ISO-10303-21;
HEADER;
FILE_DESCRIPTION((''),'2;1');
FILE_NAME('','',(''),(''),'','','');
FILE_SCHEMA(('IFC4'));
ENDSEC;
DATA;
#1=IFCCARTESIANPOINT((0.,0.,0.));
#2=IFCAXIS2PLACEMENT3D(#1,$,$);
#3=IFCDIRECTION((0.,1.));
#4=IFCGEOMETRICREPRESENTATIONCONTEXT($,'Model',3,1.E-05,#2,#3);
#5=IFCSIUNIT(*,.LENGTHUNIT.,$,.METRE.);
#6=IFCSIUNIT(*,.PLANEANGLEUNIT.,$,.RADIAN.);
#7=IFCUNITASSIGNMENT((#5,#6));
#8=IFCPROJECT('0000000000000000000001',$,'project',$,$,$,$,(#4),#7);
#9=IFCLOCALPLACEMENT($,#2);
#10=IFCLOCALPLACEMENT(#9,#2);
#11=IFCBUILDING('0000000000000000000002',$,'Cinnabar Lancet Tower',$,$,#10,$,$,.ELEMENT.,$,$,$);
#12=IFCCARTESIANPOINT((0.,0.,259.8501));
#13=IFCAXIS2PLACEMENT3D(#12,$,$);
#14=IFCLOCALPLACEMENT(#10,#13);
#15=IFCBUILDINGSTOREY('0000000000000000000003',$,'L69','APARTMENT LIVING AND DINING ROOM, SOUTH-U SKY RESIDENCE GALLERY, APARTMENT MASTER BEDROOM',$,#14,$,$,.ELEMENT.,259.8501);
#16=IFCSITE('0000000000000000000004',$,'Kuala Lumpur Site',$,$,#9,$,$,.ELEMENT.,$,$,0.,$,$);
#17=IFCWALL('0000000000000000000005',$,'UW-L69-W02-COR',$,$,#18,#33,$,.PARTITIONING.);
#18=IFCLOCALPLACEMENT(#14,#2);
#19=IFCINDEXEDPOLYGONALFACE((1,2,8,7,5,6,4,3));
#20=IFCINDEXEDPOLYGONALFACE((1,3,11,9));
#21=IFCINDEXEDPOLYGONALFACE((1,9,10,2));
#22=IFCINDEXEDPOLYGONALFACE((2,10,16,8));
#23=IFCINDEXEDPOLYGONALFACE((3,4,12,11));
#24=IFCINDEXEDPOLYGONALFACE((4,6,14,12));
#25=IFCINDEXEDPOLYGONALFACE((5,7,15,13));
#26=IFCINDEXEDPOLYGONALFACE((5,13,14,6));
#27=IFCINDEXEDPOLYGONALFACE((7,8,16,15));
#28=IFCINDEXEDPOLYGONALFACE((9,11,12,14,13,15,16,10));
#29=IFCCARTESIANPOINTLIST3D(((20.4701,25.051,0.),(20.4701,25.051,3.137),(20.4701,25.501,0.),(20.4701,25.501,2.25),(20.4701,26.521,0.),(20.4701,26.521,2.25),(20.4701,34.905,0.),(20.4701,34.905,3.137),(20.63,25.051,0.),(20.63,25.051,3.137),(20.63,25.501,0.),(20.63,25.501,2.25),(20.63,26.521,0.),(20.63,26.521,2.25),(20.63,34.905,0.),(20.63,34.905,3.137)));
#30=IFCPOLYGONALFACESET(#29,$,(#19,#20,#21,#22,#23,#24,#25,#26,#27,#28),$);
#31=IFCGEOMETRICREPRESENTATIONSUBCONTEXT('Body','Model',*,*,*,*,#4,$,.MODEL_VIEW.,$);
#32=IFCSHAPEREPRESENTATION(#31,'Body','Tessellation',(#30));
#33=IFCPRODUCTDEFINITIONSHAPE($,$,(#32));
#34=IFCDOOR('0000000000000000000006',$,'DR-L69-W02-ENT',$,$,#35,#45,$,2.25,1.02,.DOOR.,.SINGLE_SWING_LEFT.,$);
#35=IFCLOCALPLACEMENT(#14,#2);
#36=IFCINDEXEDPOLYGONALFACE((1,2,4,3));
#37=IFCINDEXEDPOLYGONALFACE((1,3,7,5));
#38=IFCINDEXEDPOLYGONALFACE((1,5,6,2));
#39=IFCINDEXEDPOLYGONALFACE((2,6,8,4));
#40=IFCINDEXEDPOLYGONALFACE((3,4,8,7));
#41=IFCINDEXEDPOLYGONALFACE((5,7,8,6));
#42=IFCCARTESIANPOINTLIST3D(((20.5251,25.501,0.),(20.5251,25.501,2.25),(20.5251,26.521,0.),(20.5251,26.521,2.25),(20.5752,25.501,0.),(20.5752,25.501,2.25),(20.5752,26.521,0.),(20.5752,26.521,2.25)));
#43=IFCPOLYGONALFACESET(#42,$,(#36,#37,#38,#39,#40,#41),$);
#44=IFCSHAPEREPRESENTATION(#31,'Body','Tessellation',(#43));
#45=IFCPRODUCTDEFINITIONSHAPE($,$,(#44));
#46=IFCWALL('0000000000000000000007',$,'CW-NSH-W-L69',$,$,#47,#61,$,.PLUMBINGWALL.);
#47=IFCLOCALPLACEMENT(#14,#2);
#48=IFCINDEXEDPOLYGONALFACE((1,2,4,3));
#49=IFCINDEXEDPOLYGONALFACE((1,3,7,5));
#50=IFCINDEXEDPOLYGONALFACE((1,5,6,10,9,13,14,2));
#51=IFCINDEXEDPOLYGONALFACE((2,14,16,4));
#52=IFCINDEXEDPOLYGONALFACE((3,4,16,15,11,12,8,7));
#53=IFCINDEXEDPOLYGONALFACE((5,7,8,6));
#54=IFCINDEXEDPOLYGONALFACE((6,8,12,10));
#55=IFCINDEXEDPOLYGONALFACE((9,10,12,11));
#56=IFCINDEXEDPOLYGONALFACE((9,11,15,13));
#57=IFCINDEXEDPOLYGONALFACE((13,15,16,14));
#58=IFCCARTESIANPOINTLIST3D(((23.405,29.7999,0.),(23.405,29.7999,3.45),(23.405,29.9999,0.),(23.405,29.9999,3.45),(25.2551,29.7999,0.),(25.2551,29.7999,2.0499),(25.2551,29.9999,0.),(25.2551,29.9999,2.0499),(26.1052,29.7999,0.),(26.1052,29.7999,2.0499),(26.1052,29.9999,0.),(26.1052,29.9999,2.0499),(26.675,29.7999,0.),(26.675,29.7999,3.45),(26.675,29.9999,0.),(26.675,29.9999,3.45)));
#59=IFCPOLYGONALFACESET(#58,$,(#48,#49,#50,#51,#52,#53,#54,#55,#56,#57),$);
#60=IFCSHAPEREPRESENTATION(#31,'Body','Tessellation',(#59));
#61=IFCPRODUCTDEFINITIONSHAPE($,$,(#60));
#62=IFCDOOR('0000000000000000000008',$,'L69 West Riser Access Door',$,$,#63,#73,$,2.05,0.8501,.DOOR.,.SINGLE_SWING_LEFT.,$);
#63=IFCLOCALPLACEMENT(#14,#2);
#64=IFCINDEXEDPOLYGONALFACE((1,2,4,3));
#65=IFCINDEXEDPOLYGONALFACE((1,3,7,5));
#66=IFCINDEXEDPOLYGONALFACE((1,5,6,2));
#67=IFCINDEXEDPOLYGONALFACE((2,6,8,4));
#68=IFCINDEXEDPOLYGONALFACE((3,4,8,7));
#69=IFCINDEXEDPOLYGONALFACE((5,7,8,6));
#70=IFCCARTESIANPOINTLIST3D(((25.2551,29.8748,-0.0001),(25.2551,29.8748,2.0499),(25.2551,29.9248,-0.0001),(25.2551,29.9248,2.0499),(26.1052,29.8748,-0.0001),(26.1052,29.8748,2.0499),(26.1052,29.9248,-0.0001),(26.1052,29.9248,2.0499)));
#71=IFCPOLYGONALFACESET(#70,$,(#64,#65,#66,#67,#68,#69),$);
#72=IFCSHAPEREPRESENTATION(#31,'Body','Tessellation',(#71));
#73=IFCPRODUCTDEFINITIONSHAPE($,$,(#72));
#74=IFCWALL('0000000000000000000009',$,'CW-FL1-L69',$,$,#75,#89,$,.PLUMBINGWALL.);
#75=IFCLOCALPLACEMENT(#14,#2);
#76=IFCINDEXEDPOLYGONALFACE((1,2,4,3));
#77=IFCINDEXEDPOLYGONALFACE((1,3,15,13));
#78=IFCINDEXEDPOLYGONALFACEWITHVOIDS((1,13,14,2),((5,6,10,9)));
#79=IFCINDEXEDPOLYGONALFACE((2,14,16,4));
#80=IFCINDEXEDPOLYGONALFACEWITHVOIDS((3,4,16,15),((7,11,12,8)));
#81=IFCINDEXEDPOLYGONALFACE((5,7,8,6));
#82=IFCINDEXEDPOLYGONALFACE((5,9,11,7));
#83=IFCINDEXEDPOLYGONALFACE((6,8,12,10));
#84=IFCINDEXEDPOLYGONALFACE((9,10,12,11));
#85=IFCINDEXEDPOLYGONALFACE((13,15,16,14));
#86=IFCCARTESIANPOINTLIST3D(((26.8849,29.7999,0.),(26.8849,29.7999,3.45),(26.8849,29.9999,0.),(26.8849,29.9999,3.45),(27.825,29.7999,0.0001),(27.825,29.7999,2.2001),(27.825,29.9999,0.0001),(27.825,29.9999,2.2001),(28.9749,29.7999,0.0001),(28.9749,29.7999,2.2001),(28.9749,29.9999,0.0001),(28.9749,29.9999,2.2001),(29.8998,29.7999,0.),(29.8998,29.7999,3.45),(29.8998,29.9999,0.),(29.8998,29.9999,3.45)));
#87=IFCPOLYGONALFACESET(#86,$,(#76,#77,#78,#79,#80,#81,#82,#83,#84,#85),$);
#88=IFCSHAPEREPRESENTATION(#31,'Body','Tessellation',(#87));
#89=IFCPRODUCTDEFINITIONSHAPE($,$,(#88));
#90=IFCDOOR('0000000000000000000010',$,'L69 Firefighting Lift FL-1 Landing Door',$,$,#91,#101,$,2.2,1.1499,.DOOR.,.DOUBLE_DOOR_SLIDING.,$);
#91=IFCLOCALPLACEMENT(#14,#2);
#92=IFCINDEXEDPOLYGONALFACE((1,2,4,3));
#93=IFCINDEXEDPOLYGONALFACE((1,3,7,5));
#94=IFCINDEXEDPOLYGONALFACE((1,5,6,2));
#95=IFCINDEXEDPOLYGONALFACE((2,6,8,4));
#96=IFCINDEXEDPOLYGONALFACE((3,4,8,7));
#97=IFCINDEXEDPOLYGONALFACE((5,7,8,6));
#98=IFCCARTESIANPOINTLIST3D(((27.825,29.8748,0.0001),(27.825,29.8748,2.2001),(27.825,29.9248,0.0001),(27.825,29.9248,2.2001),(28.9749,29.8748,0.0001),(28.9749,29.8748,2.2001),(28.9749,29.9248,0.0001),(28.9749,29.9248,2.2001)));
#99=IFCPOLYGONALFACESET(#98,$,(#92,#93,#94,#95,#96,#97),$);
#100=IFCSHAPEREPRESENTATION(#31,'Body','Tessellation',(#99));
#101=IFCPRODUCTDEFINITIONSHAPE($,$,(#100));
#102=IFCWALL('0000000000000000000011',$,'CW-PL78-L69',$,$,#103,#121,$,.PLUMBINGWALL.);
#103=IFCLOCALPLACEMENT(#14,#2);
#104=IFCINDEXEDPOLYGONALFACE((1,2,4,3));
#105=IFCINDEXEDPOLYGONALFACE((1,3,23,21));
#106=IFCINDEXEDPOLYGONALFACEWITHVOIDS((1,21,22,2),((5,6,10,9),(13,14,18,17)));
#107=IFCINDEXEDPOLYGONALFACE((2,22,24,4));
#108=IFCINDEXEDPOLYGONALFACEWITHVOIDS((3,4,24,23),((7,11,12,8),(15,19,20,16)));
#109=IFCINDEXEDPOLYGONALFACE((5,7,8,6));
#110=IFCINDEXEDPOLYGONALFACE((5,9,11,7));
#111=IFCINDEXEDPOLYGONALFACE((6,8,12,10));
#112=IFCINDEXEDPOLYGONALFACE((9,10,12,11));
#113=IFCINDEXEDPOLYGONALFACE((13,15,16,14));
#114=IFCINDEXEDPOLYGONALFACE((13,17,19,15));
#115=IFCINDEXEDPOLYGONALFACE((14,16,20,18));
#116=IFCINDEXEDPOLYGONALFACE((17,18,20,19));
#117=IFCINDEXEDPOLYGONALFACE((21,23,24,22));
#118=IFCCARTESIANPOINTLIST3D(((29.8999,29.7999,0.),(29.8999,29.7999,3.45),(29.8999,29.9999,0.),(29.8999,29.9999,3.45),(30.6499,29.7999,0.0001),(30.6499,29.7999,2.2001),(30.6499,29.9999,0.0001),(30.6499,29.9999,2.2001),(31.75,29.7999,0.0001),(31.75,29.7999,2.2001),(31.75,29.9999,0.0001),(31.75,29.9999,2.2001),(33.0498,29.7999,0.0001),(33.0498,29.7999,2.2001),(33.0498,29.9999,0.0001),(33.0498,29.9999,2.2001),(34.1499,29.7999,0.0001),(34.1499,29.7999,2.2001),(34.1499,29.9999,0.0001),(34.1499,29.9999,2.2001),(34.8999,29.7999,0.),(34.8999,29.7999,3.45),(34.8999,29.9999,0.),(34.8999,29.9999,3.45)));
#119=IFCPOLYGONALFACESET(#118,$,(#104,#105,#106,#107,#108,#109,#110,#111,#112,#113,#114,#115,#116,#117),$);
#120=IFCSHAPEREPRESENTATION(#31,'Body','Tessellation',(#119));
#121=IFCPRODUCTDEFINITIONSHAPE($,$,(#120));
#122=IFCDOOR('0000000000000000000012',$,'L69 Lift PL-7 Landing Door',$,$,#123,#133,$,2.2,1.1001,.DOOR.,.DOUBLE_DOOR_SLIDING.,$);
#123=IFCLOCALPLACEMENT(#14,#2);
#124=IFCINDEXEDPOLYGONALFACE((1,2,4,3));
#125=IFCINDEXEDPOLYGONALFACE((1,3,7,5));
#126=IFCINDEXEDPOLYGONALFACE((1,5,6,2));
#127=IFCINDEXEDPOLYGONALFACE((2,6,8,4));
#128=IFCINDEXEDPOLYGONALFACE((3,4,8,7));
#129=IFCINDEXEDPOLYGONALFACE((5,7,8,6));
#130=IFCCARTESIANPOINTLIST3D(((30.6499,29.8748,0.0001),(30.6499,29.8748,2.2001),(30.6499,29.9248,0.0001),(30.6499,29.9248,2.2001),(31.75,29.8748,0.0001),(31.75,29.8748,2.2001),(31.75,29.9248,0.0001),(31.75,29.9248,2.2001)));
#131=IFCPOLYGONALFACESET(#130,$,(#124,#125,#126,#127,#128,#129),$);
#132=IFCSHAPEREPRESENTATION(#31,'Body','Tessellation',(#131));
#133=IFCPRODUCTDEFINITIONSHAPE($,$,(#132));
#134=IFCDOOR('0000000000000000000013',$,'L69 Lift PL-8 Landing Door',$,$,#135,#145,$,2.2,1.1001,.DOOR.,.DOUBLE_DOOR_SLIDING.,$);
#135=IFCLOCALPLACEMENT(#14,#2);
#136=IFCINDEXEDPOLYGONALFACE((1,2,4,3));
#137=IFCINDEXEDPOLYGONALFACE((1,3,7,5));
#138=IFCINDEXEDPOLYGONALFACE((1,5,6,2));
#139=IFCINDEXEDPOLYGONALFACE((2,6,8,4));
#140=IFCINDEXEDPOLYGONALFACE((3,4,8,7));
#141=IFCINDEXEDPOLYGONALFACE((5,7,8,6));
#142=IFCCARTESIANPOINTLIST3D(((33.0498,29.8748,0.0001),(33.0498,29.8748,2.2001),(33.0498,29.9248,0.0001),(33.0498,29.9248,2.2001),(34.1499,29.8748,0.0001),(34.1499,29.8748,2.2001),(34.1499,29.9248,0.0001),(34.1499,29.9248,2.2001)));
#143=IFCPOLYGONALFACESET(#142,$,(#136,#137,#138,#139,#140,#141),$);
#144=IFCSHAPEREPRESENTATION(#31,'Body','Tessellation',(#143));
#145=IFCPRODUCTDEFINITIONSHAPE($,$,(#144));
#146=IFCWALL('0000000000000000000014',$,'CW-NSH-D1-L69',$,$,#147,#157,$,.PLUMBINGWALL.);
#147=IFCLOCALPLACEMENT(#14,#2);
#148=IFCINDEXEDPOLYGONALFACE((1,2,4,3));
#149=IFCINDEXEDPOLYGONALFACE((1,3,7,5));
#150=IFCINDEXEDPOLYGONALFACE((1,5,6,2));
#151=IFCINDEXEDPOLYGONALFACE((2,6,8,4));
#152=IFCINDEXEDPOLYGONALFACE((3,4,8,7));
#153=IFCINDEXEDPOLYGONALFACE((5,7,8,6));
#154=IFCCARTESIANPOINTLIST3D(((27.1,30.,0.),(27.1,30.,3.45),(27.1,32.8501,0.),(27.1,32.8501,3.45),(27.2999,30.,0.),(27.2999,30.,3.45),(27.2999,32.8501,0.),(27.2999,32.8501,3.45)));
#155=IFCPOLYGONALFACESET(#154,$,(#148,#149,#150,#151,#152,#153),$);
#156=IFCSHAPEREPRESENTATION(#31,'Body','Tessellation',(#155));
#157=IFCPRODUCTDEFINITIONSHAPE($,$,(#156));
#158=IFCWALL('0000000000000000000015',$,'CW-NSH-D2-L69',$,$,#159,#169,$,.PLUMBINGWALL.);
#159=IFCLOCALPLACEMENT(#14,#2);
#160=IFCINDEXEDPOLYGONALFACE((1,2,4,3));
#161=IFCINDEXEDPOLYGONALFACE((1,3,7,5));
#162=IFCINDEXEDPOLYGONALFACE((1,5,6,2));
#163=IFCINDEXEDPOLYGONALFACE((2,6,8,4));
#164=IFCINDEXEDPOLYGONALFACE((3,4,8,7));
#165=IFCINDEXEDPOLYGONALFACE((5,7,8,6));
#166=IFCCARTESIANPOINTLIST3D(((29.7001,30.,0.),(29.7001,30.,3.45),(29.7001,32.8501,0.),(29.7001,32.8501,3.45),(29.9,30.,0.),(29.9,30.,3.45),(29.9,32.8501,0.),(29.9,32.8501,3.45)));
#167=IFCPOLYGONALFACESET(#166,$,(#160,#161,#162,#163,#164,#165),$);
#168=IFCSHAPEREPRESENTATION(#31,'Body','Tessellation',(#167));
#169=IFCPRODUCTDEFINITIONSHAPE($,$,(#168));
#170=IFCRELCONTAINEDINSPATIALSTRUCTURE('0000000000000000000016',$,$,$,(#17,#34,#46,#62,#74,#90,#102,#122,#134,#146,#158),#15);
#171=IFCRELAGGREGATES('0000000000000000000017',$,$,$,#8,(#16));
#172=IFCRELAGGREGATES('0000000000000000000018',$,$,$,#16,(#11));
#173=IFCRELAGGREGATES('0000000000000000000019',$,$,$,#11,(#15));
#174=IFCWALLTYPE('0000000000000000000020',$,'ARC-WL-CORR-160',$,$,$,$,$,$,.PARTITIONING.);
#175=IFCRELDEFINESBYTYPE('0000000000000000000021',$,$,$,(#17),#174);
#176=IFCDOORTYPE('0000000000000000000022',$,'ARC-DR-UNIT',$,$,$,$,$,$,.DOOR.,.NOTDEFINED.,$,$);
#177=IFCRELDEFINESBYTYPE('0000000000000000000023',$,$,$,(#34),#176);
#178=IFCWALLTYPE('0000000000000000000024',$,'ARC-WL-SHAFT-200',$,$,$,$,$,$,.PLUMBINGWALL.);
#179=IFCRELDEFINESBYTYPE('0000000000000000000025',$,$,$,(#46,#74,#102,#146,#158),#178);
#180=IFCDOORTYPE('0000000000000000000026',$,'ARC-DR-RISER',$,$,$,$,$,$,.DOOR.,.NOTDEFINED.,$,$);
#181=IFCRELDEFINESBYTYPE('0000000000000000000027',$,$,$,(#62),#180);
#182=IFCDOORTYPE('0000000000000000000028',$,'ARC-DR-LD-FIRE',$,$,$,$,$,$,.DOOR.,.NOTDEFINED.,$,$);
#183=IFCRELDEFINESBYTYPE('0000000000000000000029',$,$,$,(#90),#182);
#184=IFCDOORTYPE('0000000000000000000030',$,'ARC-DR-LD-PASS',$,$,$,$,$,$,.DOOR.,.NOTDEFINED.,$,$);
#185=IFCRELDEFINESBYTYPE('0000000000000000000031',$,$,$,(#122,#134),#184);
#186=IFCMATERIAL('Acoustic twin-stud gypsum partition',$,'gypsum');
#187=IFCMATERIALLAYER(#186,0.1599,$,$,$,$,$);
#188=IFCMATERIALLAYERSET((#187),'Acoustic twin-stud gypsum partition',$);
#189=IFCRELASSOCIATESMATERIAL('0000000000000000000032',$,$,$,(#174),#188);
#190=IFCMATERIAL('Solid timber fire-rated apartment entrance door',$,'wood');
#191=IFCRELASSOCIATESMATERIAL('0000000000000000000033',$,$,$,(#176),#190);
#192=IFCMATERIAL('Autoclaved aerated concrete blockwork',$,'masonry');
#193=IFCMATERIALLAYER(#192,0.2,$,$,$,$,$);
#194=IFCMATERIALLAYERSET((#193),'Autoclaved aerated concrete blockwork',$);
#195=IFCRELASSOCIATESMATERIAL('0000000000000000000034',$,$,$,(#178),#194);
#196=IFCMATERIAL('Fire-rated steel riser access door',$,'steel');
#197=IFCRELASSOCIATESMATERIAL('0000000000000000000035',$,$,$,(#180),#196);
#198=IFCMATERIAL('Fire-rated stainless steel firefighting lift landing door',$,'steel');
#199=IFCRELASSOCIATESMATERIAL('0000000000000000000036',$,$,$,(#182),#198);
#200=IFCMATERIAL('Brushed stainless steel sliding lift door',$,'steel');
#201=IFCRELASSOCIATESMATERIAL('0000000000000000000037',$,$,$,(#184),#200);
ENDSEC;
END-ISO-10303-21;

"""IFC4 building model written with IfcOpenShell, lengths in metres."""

from ifc_helpers import new_model, si_unit, direction, frame, frame_2d, origin, place, context, subcontext, project, spatial, rectangle, extrude, material, layer, layer_set, type_object, element, fill, save


model = new_model("IFC4")

# Units and contexts
model_context = context("Model", 3, precision=1e-05, world=origin(), true_north=direction((0.0, 1.0)))
body_context = subcontext(model_context, "Body", "Model", "MODEL_VIEW")
ifc_project = project(units=[si_unit("LENGTHUNIT", "METRE"), si_unit("PLANEANGLEUNIT", "RADIAN")], contexts=[model_context])

# Site, building, storey
site_placement = place(None, origin())
site = spatial("IfcSite", under=ifc_project, at=site_placement, Name="Kuala Lumpur Site", CompositionType="ELEMENT", RefElevation=0.0)
building_placement = place(site_placement, origin())
building = spatial("IfcBuilding", under=site, at=building_placement, Name="Cinnabar Lancet Tower", CompositionType="ELEMENT")
storey_placement = place(building_placement, frame((0.0, 0.0, 259.8501)))
storey = spatial("IfcBuildingStorey", under=building, at=storey_placement, Name="L69", Description="APARTMENT LIVING AND DINING ROOM, SOUTH-U SKY RESIDENCE GALLERY, APARTMENT MASTER BEDROOM", CompositionType="ELEMENT", Elevation=259.8501)

# Walls, openings, doors
ifc_material_1 = material(Name="Acoustic twin-stud gypsum partition", Category="gypsum")
ifc_layer_1 = layer(ifc_material_1, 0.1599)
ifc_layer_set_1 = layer_set([ifc_layer_1], Name="Acoustic twin-stud gypsum partition")
wall_type_1 = type_object("IfcWallType", Name="ARC-WL-CORR-160", PredefinedType="PARTITIONING", material=ifc_layer_set_1)
wall_1_placement = place(storey_placement, frame((20.55, 25.051, 0.0), z_axis=(0.0, 0.0, 1.0), x_axis=(0.0, 1.0, 0.0)))
wall_1 = element("IfcWall", 1, at=wall_1_placement, inside=storey, type_object=wall_type_1, Name="UW-L69-W02-COR", PredefinedType="PARTITIONING", context=body_context, shape_type="SweptSolid", body=[
    extrude(rectangle(XDim=9.854, YDim=0.1599, at=frame_2d((4.927, 0.0))), origin(), (0.0, 0.0, 1.0), 3.137),
])
opening_1_placement = place(wall_1_placement, frame((0.45, 0.0, 0.0)))
opening_1 = element("IfcOpeningElement", 2, at=opening_1_placement, cuts=wall_1, PredefinedType="OPENING", context=body_context, shape_type="SweptSolid", body=[
    extrude(rectangle(XDim=1.02, YDim=2.25, at=frame_2d((0.51, 1.125))), frame((0.0, 0.0898, 0.0), z_axis=(0.0, -1.0, 0.0), x_axis=(1.0, 0.0, 0.0)), (0.0, 0.0, 1.0), 0.1799),
])
ifc_material_2 = material(Name="Solid timber fire-rated apartment entrance door", Category="wood")
door_type_1 = type_object("IfcDoorType", Name="ARC-DR-UNIT", OperationType="NOTDEFINED", PredefinedType="DOOR", material=ifc_material_2)
door_1_placement = place(opening_1_placement, origin())
door_1 = element("IfcDoor", 3, at=door_1_placement, inside=storey, type_object=door_type_1, Name="DR-L69-W02-ENT", OperationType="SINGLE_SWING_LEFT", OverallHeight=2.25, OverallWidth=1.02, PredefinedType="DOOR", context=body_context, shape_type="SweptSolid", body=[
    extrude(rectangle(XDim=1.02, YDim=2.25, at=frame_2d((0.51, 1.125))), frame((0.0, 0.0249, 0.0), z_axis=(0.0, -1.0, 0.0), x_axis=(1.0, 0.0, 0.0)), (0.0, 0.0, 1.0), 0.05),
])
fill(opening_1, door_1)
ifc_material_3 = material(Name="Autoclaved aerated concrete blockwork", Category="masonry")
ifc_layer_2 = layer(ifc_material_3, 0.2)
ifc_layer_set_2 = layer_set([ifc_layer_2], Name="Autoclaved aerated concrete blockwork")
wall_type_2 = type_object("IfcWallType", Name="ARC-WL-SHAFT-200", PredefinedType="PLUMBINGWALL", material=ifc_layer_set_2)
wall_2_placement = place(storey_placement, frame((23.405, 29.8999, 0.0), z_axis=(0.0, 0.0, 1.0), x_axis=(1.0, 0.0, 0.0)))
wall_2 = element("IfcWall", 4, at=wall_2_placement, inside=storey, type_object=wall_type_2, Name="CW-NSH-W-L69", PredefinedType="PLUMBINGWALL", context=body_context, shape_type="SweptSolid", body=[
    extrude(rectangle(XDim=3.27, YDim=0.2, at=frame_2d((1.635, 0.0))), origin(), (0.0, 0.0, 1.0), 3.45),
])
opening_2_placement = place(wall_2_placement, frame((1.8501, 0.0, 0.0)))
opening_2 = element("IfcOpeningElement", 5, at=opening_2_placement, cuts=wall_2, PredefinedType="OPENING", context=body_context, shape_type="SweptSolid", body=[
    extrude(rectangle(XDim=0.8501, YDim=2.05, at=frame_2d((0.425, 1.0249))), frame((0.0, 0.1099, 0.0), z_axis=(0.0, -1.0, 0.0), x_axis=(1.0, 0.0, 0.0)), (0.0, 0.0, 1.0), 0.22),
])
ifc_material_4 = material(Name="Fire-rated steel riser access door", Category="steel")
door_type_2 = type_object("IfcDoorType", Name="ARC-DR-RISER", OperationType="NOTDEFINED", PredefinedType="DOOR", material=ifc_material_4)
door_2_placement = place(opening_2_placement, origin())
door_2 = element("IfcDoor", 6, at=door_2_placement, inside=storey, type_object=door_type_2, Name="L69 West Riser Access Door", OperationType="SINGLE_SWING_LEFT", OverallHeight=2.05, OverallWidth=0.8501, PredefinedType="DOOR", context=body_context, shape_type="SweptSolid", body=[
    extrude(rectangle(XDim=0.8501, YDim=2.05, at=frame_2d((0.425, 1.0249))), frame((0.0, 0.0249, 0.0), z_axis=(0.0, -1.0, 0.0), x_axis=(1.0, 0.0, 0.0)), (0.0, 0.0, 1.0), 0.05),
])
fill(opening_2, door_2)
wall_3_placement = place(storey_placement, frame((26.885, 29.8999, 0.0), z_axis=(0.0, 0.0, 1.0), x_axis=(1.0, 0.0, 0.0)))
wall_3 = element("IfcWall", 7, at=wall_3_placement, inside=storey, type_object=wall_type_2, Name="CW-FL1-L69", PredefinedType="PLUMBINGWALL", context=body_context, shape_type="SweptSolid", body=[
    extrude(rectangle(XDim=3.0149, YDim=0.2, at=frame_2d((1.5073, 0.0))), origin(), (0.0, 0.0, 1.0), 3.45),
])
opening_3_placement = place(wall_3_placement, frame((0.9399, 0.0, 0.0)))
opening_3 = element("IfcOpeningElement", 8, at=opening_3_placement, cuts=wall_3, PredefinedType="OPENING", context=body_context, shape_type="SweptSolid", body=[
    extrude(rectangle(XDim=1.1499, YDim=2.2, at=frame_2d((0.575, 1.1001))), frame((0.0, 0.1099, 0.0), z_axis=(0.0, -1.0, 0.0), x_axis=(1.0, 0.0, 0.0)), (0.0, 0.0, 1.0), 0.22),
])
ifc_material_5 = material(Name="Fire-rated stainless steel firefighting lift landing door", Category="steel")
door_type_3 = type_object("IfcDoorType", Name="ARC-DR-LD-FIRE", OperationType="NOTDEFINED", PredefinedType="DOOR", material=ifc_material_5)
door_3_placement = place(opening_3_placement, origin())
door_3 = element("IfcDoor", 9, at=door_3_placement, inside=storey, type_object=door_type_3, Name="L69 Firefighting Lift FL-1 Landing Door", OperationType="DOUBLE_DOOR_SLIDING", OverallHeight=2.2, OverallWidth=1.1499, PredefinedType="DOOR", context=body_context, shape_type="SweptSolid", body=[
    extrude(rectangle(XDim=1.1499, YDim=2.2, at=frame_2d((0.575, 1.1001))), frame((0.0, 0.0249, 0.0), z_axis=(0.0, -1.0, 0.0), x_axis=(1.0, 0.0, 0.0)), (0.0, 0.0, 1.0), 0.05),
])
fill(opening_3, door_3)

# Wall, openings, doors
wall_4_placement = place(storey_placement, frame((29.8999, 29.8999, 0.0), z_axis=(0.0, 0.0, 1.0), x_axis=(1.0, 0.0, 0.0)))
wall_4 = element("IfcWall", 10, at=wall_4_placement, inside=storey, type_object=wall_type_2, Name="CW-PL78-L69", PredefinedType="PLUMBINGWALL", context=body_context, shape_type="SweptSolid", body=[
    extrude(rectangle(XDim=5.0, YDim=0.2, at=frame_2d((2.5, 0.0))), origin(), (0.0, 0.0, 1.0), 3.45),
])
opening_4_placement = place(wall_4_placement, frame((0.75, 0.0, 0.0)))
opening_4 = element("IfcOpeningElement", 11, at=opening_4_placement, cuts=wall_4, PredefinedType="OPENING", context=body_context, shape_type="SweptSolid", body=[
    extrude(rectangle(XDim=1.1001, YDim=2.2, at=frame_2d((0.55, 1.1001))), frame((0.0, 0.1099, 0.0), z_axis=(0.0, -1.0, 0.0), x_axis=(1.0, 0.0, 0.0)), (0.0, 0.0, 1.0), 0.22),
])
opening_5_placement = place(wall_4_placement, frame((3.1499, 0.0, 0.0)))
opening_5 = element("IfcOpeningElement", 12, at=opening_5_placement, cuts=wall_4, PredefinedType="OPENING", context=body_context, shape_type="SweptSolid", body=[
    extrude(rectangle(XDim=1.1001, YDim=2.2, at=frame_2d((0.55, 1.1001))), frame((0.0, 0.1099, 0.0), z_axis=(0.0, -1.0, 0.0), x_axis=(1.0, 0.0, 0.0)), (0.0, 0.0, 1.0), 0.22),
])
ifc_material_6 = material(Name="Brushed stainless steel sliding lift door", Category="steel")
door_type_4 = type_object("IfcDoorType", Name="ARC-DR-LD-PASS", OperationType="NOTDEFINED", PredefinedType="DOOR", material=ifc_material_6)
door_4_placement = place(opening_4_placement, origin())
door_4 = element("IfcDoor", 13, at=door_4_placement, inside=storey, type_object=door_type_4, Name="L69 Lift PL-7 Landing Door", OperationType="DOUBLE_DOOR_SLIDING", OverallHeight=2.2, OverallWidth=1.1001, PredefinedType="DOOR", context=body_context, shape_type="SweptSolid", body=[
    extrude(rectangle(XDim=1.1001, YDim=2.2, at=frame_2d((0.55, 1.1001))), frame((0.0, 0.0249, 0.0), z_axis=(0.0, -1.0, 0.0), x_axis=(1.0, 0.0, 0.0)), (0.0, 0.0, 1.0), 0.05),
])
fill(opening_4, door_4)
door_5_placement = place(opening_5_placement, origin())
door_5 = element("IfcDoor", 14, at=door_5_placement, inside=storey, type_object=door_type_4, Name="L69 Lift PL-8 Landing Door", OperationType="DOUBLE_DOOR_SLIDING", OverallHeight=2.2, OverallWidth=1.1001, PredefinedType="DOOR", context=body_context, shape_type="SweptSolid", body=[
    extrude(rectangle(XDim=1.1001, YDim=2.2, at=frame_2d((0.55, 1.1001))), frame((0.0, 0.0249, 0.0), z_axis=(0.0, -1.0, 0.0), x_axis=(1.0, 0.0, 0.0)), (0.0, 0.0, 1.0), 0.05),
])
fill(opening_5, door_5)

# Walls
for number, where, z_axis, x_axis, name in (
    (15, (27.2, 30.0, 0.0), (0.0, 0.0, 1.0), (0.0, 1.0, 0.0), "CW-NSH-D1-L69"),
    (16, (29.8, 30.0, 0.0), (0.0, 0.0, 1.0), (0.0, 1.0, 0.0), "CW-NSH-D2-L69"),
):
    element("IfcWall", number, at=place(storey_placement, frame(where, z_axis=z_axis, x_axis=x_axis)), inside=storey, type_object=wall_type_2, Name=name, PredefinedType="PLUMBINGWALL", context=body_context, shape_type="SweptSolid", body=[
        extrude(rectangle(XDim=2.8501, YDim=0.2, at=frame_2d((1.425, 0.0))), origin(), (0.0, 0.0, 1.0), 3.45),
    ])

save(model, "model.ifc")
